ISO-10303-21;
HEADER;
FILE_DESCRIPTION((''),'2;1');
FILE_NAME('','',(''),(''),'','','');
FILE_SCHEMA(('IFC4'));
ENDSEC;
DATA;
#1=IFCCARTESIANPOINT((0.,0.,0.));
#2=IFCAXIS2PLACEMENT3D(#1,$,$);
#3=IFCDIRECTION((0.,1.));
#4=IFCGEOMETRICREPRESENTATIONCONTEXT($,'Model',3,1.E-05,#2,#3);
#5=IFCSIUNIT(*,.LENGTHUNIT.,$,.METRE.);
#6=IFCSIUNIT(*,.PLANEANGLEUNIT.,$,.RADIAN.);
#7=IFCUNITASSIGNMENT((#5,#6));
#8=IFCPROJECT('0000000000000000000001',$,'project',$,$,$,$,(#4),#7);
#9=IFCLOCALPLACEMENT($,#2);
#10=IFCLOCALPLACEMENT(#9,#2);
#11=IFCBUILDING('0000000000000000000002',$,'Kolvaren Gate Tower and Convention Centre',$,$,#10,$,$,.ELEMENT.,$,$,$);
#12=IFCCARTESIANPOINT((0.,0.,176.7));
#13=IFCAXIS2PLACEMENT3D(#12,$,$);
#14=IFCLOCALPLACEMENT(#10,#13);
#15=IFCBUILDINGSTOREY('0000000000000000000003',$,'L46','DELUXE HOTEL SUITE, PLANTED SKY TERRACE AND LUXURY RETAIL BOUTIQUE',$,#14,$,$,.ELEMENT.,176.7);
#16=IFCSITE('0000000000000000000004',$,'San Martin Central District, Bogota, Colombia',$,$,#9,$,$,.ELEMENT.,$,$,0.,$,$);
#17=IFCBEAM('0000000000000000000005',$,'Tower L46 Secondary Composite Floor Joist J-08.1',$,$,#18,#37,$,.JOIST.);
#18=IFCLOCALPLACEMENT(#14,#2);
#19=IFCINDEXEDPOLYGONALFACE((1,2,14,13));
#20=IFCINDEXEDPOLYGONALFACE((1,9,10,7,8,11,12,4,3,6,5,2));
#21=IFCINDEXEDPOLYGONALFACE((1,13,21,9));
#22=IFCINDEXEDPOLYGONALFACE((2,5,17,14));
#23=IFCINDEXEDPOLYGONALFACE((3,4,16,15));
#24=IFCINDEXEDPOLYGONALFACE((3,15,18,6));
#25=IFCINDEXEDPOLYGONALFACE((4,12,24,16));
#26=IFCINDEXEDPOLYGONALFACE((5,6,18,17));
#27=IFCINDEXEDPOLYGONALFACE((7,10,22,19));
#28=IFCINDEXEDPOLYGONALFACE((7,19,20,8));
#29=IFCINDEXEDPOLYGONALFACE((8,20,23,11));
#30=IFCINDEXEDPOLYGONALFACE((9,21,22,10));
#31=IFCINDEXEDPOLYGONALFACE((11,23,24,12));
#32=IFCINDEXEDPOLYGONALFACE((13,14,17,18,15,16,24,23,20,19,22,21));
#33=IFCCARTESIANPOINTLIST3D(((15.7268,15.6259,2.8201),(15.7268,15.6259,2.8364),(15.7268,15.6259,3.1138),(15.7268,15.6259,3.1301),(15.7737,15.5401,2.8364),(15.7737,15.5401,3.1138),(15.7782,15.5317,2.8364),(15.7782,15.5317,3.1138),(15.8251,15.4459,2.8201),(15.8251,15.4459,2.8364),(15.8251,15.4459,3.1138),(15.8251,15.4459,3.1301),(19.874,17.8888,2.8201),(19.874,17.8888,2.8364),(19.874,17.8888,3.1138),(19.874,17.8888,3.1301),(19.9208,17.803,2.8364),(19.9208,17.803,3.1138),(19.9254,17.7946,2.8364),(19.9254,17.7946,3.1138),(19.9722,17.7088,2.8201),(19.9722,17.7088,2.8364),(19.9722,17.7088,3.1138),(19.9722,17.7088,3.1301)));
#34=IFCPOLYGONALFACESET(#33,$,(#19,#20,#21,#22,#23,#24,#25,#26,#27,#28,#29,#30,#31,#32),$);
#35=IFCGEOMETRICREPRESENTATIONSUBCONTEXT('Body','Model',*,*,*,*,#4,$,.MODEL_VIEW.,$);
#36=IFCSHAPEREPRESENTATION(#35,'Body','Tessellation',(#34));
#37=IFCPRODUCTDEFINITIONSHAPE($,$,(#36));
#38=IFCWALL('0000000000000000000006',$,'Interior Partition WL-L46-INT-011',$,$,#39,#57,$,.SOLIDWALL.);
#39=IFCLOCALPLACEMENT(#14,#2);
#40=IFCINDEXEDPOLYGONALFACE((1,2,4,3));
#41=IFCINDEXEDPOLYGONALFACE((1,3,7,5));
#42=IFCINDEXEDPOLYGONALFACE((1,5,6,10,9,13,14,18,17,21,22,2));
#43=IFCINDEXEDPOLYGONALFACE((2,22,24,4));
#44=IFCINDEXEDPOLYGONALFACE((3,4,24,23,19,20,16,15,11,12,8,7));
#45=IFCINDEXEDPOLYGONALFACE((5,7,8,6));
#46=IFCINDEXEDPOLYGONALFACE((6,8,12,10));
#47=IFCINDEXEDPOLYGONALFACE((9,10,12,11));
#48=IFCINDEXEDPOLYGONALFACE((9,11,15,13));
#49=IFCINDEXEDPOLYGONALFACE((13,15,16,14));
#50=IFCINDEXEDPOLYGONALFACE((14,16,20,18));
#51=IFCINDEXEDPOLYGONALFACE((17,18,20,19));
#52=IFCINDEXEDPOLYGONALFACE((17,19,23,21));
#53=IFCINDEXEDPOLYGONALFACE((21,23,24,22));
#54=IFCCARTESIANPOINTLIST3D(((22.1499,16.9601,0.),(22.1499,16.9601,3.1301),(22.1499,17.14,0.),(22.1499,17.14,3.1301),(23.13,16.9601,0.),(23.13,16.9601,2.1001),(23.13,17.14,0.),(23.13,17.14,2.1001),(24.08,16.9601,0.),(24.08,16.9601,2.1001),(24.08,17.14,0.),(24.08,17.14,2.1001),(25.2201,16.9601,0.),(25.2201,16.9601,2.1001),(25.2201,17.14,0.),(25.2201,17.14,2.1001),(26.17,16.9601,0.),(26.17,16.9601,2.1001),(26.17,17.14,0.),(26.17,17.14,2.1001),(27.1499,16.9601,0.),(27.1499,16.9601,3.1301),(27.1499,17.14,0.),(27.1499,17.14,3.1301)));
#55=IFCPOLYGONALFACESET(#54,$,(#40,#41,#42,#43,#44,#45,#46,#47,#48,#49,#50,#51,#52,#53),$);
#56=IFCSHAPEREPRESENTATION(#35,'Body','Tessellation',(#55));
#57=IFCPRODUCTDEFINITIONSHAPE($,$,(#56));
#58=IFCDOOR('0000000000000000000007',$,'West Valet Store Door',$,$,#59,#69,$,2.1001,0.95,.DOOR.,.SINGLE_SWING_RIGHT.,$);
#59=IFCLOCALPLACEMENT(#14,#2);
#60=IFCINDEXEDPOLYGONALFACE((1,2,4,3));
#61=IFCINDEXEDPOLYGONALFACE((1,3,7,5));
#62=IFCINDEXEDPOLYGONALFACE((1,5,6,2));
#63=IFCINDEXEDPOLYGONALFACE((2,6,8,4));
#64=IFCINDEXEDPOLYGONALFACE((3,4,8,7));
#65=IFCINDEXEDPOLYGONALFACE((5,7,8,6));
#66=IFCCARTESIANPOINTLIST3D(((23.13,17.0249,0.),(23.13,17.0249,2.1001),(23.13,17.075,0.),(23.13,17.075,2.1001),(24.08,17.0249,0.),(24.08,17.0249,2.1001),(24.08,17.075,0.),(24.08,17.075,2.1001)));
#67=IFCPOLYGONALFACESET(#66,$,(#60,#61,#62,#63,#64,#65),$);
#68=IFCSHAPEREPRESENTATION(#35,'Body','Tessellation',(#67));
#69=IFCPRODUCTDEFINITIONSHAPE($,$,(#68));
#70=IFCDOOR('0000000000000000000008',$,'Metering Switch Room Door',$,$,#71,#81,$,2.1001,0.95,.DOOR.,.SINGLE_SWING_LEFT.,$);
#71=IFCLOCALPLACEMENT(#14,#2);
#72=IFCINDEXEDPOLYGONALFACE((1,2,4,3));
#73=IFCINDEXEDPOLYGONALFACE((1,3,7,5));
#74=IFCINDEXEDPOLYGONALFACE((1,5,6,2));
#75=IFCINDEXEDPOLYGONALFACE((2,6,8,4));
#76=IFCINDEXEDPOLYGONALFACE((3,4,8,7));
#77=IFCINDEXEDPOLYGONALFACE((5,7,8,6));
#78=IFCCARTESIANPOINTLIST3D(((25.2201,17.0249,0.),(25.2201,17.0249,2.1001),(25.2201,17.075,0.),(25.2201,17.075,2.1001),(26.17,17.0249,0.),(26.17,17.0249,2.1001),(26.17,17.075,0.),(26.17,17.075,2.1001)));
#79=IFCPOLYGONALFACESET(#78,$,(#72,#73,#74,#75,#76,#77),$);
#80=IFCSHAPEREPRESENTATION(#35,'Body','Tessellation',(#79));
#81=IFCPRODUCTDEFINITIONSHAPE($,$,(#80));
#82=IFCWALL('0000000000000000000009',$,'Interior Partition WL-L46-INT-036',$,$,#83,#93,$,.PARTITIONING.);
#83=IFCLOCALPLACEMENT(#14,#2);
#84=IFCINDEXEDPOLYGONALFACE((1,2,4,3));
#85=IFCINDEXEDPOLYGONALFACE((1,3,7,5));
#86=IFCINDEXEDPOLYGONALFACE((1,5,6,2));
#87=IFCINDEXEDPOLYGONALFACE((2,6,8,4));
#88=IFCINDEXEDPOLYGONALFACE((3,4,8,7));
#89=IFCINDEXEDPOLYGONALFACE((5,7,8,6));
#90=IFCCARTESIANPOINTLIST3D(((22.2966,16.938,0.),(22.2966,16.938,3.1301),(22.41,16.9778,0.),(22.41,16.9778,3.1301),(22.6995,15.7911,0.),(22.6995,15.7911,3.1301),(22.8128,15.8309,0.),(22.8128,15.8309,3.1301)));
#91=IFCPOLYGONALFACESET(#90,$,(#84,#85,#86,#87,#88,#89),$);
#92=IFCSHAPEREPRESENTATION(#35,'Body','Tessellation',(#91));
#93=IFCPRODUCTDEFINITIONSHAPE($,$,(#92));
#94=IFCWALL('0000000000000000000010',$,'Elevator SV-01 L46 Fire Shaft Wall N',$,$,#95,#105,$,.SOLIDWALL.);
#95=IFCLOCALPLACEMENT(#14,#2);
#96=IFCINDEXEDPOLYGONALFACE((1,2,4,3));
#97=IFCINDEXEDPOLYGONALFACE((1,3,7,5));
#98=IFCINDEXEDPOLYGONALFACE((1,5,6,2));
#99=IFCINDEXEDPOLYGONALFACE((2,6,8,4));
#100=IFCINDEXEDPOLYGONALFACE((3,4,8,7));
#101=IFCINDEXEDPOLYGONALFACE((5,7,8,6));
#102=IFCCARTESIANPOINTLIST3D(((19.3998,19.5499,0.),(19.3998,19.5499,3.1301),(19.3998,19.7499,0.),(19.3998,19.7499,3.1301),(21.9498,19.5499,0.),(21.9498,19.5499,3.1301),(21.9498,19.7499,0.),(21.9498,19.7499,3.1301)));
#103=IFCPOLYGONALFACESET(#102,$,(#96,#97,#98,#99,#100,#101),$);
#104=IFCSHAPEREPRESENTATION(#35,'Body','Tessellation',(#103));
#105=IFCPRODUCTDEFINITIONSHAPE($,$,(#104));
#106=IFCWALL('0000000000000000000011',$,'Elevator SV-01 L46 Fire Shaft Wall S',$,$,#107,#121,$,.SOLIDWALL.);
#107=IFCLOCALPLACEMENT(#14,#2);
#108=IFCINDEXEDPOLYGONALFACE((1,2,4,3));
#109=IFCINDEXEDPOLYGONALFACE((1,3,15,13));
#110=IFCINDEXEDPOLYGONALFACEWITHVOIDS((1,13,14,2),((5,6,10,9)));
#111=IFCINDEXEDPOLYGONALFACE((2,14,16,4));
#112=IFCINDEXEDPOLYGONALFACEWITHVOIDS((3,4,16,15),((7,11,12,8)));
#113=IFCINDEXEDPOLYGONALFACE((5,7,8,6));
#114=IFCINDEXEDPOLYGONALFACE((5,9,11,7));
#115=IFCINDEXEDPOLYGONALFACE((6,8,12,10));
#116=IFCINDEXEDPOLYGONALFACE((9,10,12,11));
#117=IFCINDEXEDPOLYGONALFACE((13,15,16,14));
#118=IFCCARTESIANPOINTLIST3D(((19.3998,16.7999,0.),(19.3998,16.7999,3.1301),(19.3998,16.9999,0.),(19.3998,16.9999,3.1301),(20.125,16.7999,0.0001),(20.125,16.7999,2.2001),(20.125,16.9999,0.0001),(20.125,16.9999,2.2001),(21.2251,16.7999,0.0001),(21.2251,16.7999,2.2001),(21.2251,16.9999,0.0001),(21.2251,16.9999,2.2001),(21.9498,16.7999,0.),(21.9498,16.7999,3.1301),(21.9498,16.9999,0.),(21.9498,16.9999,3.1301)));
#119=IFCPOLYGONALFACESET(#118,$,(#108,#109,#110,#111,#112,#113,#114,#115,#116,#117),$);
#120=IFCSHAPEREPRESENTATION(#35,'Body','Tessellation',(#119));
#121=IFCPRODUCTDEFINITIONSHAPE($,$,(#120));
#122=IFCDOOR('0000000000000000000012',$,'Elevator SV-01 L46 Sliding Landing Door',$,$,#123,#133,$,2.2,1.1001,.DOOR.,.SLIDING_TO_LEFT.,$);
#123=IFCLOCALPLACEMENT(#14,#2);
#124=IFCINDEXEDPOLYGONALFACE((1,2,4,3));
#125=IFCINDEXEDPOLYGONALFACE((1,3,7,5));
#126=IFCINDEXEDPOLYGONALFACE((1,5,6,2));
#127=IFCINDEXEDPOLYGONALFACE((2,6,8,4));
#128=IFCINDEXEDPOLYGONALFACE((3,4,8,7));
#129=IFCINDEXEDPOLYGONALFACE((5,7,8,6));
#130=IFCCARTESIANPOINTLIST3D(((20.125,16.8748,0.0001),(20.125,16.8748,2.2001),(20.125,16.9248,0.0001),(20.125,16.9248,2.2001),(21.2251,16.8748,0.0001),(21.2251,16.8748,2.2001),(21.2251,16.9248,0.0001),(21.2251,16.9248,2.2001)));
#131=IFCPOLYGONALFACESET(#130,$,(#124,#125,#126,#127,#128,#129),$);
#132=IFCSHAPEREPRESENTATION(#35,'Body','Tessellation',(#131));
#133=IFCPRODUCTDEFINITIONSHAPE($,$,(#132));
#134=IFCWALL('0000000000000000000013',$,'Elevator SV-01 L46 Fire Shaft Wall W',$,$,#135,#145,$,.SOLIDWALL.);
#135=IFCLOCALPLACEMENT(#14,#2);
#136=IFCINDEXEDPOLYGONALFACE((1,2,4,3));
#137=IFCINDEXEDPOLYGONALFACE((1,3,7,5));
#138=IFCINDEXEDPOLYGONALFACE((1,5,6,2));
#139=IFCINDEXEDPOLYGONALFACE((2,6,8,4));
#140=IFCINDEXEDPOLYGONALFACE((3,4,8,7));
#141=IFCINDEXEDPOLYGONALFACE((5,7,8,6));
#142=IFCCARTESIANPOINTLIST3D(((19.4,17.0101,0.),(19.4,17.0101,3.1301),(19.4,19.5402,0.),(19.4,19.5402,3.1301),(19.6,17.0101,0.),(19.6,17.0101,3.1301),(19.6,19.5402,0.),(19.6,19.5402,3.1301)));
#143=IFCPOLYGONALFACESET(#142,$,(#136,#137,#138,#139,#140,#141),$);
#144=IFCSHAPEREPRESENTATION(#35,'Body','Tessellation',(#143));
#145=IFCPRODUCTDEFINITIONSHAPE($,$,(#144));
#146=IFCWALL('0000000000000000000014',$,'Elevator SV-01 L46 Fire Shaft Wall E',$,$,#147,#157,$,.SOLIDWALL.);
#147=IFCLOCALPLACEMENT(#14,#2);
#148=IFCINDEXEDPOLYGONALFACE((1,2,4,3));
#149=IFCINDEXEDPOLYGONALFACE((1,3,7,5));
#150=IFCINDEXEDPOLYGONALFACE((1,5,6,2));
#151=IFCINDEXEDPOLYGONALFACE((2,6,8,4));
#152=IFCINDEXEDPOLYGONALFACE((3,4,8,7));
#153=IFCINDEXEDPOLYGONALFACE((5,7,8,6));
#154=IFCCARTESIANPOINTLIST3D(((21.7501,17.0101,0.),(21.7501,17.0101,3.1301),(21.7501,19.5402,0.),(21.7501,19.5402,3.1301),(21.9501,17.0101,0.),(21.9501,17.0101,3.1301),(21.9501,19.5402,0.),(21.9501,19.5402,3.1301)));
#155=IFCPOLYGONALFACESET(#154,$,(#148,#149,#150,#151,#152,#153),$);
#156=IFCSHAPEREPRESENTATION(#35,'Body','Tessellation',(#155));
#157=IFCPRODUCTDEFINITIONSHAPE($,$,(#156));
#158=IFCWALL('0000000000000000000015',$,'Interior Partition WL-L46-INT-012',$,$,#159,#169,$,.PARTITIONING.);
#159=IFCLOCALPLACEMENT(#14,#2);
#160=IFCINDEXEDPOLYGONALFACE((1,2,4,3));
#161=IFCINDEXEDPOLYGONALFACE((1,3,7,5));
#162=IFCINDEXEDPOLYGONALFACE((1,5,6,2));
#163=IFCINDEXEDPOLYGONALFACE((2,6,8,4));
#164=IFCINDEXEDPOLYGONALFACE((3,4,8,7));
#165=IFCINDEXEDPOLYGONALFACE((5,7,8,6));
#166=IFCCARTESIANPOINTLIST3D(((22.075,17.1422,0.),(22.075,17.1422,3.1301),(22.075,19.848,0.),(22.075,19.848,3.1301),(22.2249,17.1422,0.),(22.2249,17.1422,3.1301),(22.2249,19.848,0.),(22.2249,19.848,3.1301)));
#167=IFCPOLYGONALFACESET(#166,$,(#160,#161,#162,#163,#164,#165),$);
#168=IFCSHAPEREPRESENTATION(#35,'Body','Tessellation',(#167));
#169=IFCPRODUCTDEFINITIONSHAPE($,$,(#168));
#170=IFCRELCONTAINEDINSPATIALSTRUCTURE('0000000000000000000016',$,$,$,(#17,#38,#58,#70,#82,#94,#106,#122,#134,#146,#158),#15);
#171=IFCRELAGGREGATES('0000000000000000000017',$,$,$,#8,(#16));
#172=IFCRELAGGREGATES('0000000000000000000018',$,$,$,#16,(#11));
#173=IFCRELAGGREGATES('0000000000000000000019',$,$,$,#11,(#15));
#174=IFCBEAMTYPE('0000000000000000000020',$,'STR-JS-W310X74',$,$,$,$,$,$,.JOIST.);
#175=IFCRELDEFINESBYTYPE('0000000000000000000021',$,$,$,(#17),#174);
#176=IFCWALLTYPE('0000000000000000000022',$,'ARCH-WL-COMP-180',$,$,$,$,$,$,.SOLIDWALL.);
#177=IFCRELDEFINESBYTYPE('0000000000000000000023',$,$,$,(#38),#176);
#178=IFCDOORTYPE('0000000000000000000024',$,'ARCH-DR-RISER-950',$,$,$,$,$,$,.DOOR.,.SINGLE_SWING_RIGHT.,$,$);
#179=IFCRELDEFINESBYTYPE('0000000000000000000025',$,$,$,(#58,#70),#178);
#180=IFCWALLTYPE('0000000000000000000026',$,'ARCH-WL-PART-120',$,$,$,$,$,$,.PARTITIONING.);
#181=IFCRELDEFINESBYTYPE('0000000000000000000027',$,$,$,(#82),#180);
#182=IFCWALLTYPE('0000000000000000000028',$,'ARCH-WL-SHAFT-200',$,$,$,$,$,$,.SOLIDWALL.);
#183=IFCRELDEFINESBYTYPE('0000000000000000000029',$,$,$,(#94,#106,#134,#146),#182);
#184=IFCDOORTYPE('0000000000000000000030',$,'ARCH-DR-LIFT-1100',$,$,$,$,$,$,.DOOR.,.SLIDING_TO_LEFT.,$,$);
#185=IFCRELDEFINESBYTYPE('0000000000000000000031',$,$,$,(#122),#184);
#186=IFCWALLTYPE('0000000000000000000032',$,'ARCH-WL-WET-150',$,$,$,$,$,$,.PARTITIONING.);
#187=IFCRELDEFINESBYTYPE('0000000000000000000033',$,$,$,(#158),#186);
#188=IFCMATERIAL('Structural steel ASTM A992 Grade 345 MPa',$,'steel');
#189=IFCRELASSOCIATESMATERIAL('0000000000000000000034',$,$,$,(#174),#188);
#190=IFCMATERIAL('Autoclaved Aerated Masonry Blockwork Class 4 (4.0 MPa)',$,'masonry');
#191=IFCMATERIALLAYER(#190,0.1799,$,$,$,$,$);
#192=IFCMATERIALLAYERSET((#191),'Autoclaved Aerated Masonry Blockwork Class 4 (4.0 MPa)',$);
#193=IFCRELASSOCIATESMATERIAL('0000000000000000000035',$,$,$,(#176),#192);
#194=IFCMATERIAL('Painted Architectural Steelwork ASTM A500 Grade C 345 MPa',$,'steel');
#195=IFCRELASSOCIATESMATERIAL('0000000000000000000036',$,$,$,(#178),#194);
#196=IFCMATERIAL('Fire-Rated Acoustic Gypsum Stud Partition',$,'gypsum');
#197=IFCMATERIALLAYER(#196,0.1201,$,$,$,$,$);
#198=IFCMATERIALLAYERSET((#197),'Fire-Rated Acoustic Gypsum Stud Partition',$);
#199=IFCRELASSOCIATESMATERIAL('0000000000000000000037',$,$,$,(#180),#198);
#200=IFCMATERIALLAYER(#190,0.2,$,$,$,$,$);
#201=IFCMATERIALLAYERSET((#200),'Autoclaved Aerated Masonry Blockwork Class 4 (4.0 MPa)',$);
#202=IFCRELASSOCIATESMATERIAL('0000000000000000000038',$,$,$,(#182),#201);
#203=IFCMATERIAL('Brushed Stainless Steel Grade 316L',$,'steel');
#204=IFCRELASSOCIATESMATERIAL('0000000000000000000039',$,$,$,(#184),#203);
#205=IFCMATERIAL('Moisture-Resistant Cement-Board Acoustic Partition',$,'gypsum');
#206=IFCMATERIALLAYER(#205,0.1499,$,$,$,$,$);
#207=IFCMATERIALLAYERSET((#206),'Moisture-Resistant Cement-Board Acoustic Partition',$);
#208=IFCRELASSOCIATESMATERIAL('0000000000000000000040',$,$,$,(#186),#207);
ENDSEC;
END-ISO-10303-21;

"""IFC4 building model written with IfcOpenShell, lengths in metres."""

from ifc_helpers import new_model, si_unit, direction, frame, frame_2d, origin, origin_2d, place, context, subcontext, project, spatial, rectangle, i_section, extrude, material, layer, layer_set, material_profile, profile_set, type_object, element, fill, save


model = new_model("IFC4")

# Units and contexts
model_context = context("Model", 3, precision=1e-05, world=origin(), true_north=direction((0.0, 1.0)))
body_context = subcontext(model_context, "Body", "Model", "MODEL_VIEW")
ifc_project = project(units=[si_unit("LENGTHUNIT", "METRE"), si_unit("PLANEANGLEUNIT", "RADIAN")], contexts=[model_context])

# Site, building, storey
site_placement = place(None, origin())
site = spatial("IfcSite", under=ifc_project, at=site_placement, Name="San Martin Central District, Bogota, Colombia", CompositionType="ELEMENT", RefElevation=0.0)
building_placement = place(site_placement, origin())
building = spatial("IfcBuilding", under=site, at=building_placement, Name="Kolvaren Gate Tower and Convention Centre", CompositionType="ELEMENT")
storey_placement = place(building_placement, frame((0.0, 0.0, 176.7)))
storey = spatial("IfcBuildingStorey", under=building, at=storey_placement, Name="L46", Description="DELUXE HOTEL SUITE, PLANTED SKY TERRACE AND LUXURY RETAIL BOUTIQUE", CompositionType="ELEMENT", Elevation=176.7)

# Beam
ifc_material_1 = material(Name="Structural steel ASTM A992 Grade 345 MPa", Category="steel")
ifc_material_profile = material_profile(ifc_material_1, i_section(OverallWidth=0.2051, OverallDepth=0.3101, WebThickness=0.0095, FlangeThickness=0.0164, at=origin_2d()), Name="W310X74")
ifc_profile_set = profile_set([ifc_material_profile], Name="Structural steel ASTM A992 Grade 345 MPa")
beam_type = type_object("IfcBeamType", Name="STR-JS-W310X74", PredefinedType="JOIST", material=ifc_profile_set)
beam_placement = place(storey_placement, frame((19.9231, 17.7988, 2.9751), z_axis=(-0.877822, -0.478986, 0.0), x_axis=(0.478986, -0.877822, 0.0)))
element("IfcBeam", 1, at=beam_placement, inside=storey, type_object=beam_type, Name="Tower L46 Secondary Composite Floor Joist J-08.1", PredefinedType="JOIST", context=body_context, shape_type="SweptSolid", body=[
    extrude(i_section(OverallWidth=0.2051, OverallDepth=0.3101, WebThickness=0.0095, FlangeThickness=0.0164, at=origin_2d()), origin(), (0.0, 0.0, 1.0), 4.7244),
])

# Wall, openings, doors
ifc_material_2 = material(Name="Autoclaved Aerated Masonry Blockwork Class 4 (4.0 MPa)", Category="masonry")
ifc_layer_1 = layer(ifc_material_2, 0.1799)
ifc_layer_set_1 = layer_set([ifc_layer_1], Name="Autoclaved Aerated Masonry Blockwork Class 4 (4.0 MPa)")
wall_type_1 = type_object("IfcWallType", Name="ARCH-WL-COMP-180", PredefinedType="SOLIDWALL", material=ifc_layer_set_1)
wall_1_placement = place(storey_placement, frame((22.1499, 17.05, 0.0), z_axis=(0.0, 0.0, 1.0), x_axis=(1.0, 0.0, 0.0)))
wall_1 = element("IfcWall", 2, at=wall_1_placement, inside=storey, type_object=wall_type_1, Name="Interior Partition WL-L46-INT-011", PredefinedType="SOLIDWALL", context=body_context, shape_type="SweptSolid", body=[
    extrude(rectangle(XDim=5.0, YDim=0.1799, at=frame_2d((2.5, 0.0))), origin(), (0.0, 0.0, 1.0), 3.1301),
])
opening_1_placement = place(wall_1_placement, frame((0.98, 0.0, 0.0)))
opening_1 = element("IfcOpeningElement", 3, at=opening_1_placement, cuts=wall_1, PredefinedType="OPENING", context=body_context, shape_type="SweptSolid", body=[
    extrude(rectangle(XDim=0.95, YDim=2.1001, at=frame_2d((0.4751, 1.05))), frame((0.0, 0.0999, 0.0), z_axis=(0.0, -1.0, 0.0), x_axis=(1.0, 0.0, 0.0)), (0.0, 0.0, 1.0), 0.2),
])
opening_2_placement = place(wall_1_placement, frame((3.0701, 0.0, 0.0)))
opening_2 = element("IfcOpeningElement", 4, at=opening_2_placement, cuts=wall_1, PredefinedType="OPENING", context=body_context, shape_type="SweptSolid", body=[
    extrude(rectangle(XDim=0.95, YDim=2.1001, at=frame_2d((0.4751, 1.05))), frame((0.0, 0.0999, 0.0), z_axis=(0.0, -1.0, 0.0), x_axis=(1.0, 0.0, 0.0)), (0.0, 0.0, 1.0), 0.2),
])
ifc_material_3 = material(Name="Painted Architectural Steelwork ASTM A500 Grade C 345 MPa", Category="steel")
door_type_1 = type_object("IfcDoorType", Name="ARCH-DR-RISER-950", OperationType="SINGLE_SWING_RIGHT", PredefinedType="DOOR", material=ifc_material_3)
door_1_placement = place(opening_1_placement, origin())
door_1 = element("IfcDoor", 5, at=door_1_placement, inside=storey, type_object=door_type_1, Name="West Valet Store Door", OperationType="SINGLE_SWING_RIGHT", OverallHeight=2.1001, OverallWidth=0.95, PredefinedType="DOOR", context=body_context, shape_type="SweptSolid", body=[
    extrude(rectangle(XDim=0.95, YDim=2.1001, at=frame_2d((0.4751, 1.05))), frame((0.0, 0.0249, 0.0), z_axis=(0.0, -1.0, 0.0), x_axis=(1.0, 0.0, 0.0)), (0.0, 0.0, 1.0), 0.05),
])
fill(opening_1, door_1)
door_2_placement = place(opening_2_placement, origin())
door_2 = element("IfcDoor", 6, at=door_2_placement, inside=storey, type_object=door_type_1, Name="Metering Switch Room Door", OperationType="SINGLE_SWING_LEFT", OverallHeight=2.1001, OverallWidth=0.95, PredefinedType="DOOR", context=body_context, shape_type="SweptSolid", body=[
    extrude(rectangle(XDim=0.95, YDim=2.1001, at=frame_2d((0.4751, 1.05))), frame((0.0, 0.0249, 0.0), z_axis=(0.0, -1.0, 0.0), x_axis=(1.0, 0.0, 0.0)), (0.0, 0.0, 1.0), 0.05),
])
fill(opening_2, door_2)

# Walls
ifc_material_4 = material(Name="Fire-Rated Acoustic Gypsum Stud Partition", Category="gypsum")
ifc_layer_2 = layer(ifc_material_4, 0.1201)
ifc_layer_set_2 = layer_set([ifc_layer_2], Name="Fire-Rated Acoustic Gypsum Stud Partition")
wall_type_2 = type_object("IfcWallType", Name="ARCH-WL-PART-120", PredefinedType="PARTITIONING", material=ifc_layer_set_2)
wall_2_placement = place(storey_placement, frame((22.3533, 16.958, 0.0), z_axis=(0.0, 0.0, 1.0), x_axis=(0.33137, -0.943501, 0.0)))
element("IfcWall", 7, at=wall_2_placement, inside=storey, type_object=wall_type_2, Name="Interior Partition WL-L46-INT-036", PredefinedType="PARTITIONING", context=body_context, shape_type="SweptSolid", body=[
    extrude(rectangle(XDim=1.2156, YDim=0.1201, at=frame_2d((0.6079, 0.0))), origin(), (0.0, 0.0, 1.0), 3.1301),
])
ifc_layer_3 = layer(ifc_material_2, 0.2)
ifc_layer_set_3 = layer_set([ifc_layer_3], Name="Autoclaved Aerated Masonry Blockwork Class 4 (4.0 MPa)")
wall_type_3 = type_object("IfcWallType", Name="ARCH-WL-SHAFT-200", PredefinedType="SOLIDWALL", material=ifc_layer_set_3)
wall_3_placement = place(storey_placement, frame((19.3999, 19.6499, 0.0), z_axis=(0.0, 0.0, 1.0), x_axis=(1.0, 0.0, 0.0)))
element("IfcWall", 8, at=wall_3_placement, inside=storey, type_object=wall_type_3, Name="Elevator SV-01 L46 Fire Shaft Wall N", PredefinedType="SOLIDWALL", context=body_context, shape_type="SweptSolid", body=[
    extrude(rectangle(XDim=2.55, YDim=0.2, at=frame_2d((1.2749, 0.0))), origin(), (0.0, 0.0, 1.0), 3.1301),
])

# Wall, opening, door
wall_4_placement = place(storey_placement, frame((19.3999, 16.8999, 0.0), z_axis=(0.0, 0.0, 1.0), x_axis=(1.0, 0.0, 0.0)))
wall_4 = element("IfcWall", 9, at=wall_4_placement, inside=storey, type_object=wall_type_3, Name="Elevator SV-01 L46 Fire Shaft Wall S", PredefinedType="SOLIDWALL", context=body_context, shape_type="SweptSolid", body=[
    extrude(rectangle(XDim=2.55, YDim=0.2, at=frame_2d((1.2749, 0.0))), origin(), (0.0, 0.0, 1.0), 3.1301),
])
opening_3_placement = place(wall_4_placement, frame((0.7251, 0.0, 0.0)))
opening_3 = element("IfcOpeningElement", 10, at=opening_3_placement, cuts=wall_4, PredefinedType="OPENING", context=body_context, shape_type="SweptSolid", body=[
    extrude(rectangle(XDim=1.1001, YDim=2.2, at=frame_2d((0.55, 1.1001))), frame((0.0, 0.1099, 0.0), z_axis=(0.0, -1.0, 0.0), x_axis=(1.0, 0.0, 0.0)), (0.0, 0.0, 1.0), 0.22),
])
ifc_material_5 = material(Name="Brushed Stainless Steel Grade 316L", Category="steel")
door_type_2 = type_object("IfcDoorType", Name="ARCH-DR-LIFT-1100", OperationType="SLIDING_TO_LEFT", PredefinedType="DOOR", material=ifc_material_5)
door_3_placement = place(opening_3_placement, origin())
door_3 = element("IfcDoor", 11, at=door_3_placement, inside=storey, type_object=door_type_2, Name="Elevator SV-01 L46 Sliding Landing Door", OperationType="SLIDING_TO_LEFT", OverallHeight=2.2, OverallWidth=1.1001, PredefinedType="DOOR", context=body_context, shape_type="SweptSolid", body=[
    extrude(rectangle(XDim=1.1001, YDim=2.2, at=frame_2d((0.55, 1.1001))), frame((0.0, 0.0249, 0.0), z_axis=(0.0, -1.0, 0.0), x_axis=(1.0, 0.0, 0.0)), (0.0, 0.0, 1.0), 0.05),
])
fill(opening_3, door_3)

# Walls
for number, where, z_axis, x_axis, name in (
    (12, (19.5, 17.01, 0.0), (0.0, 0.0, 1.0), (0.0, 1.0, 0.0), "Elevator SV-01 L46 Fire Shaft Wall W"),
    (13, (21.8501, 17.01, 0.0), (0.0, 0.0, 1.0), (0.0, 1.0, 0.0), "Elevator SV-01 L46 Fire Shaft Wall E"),
):
    element("IfcWall", number, at=place(storey_placement, frame(where, z_axis=z_axis, x_axis=x_axis)), inside=storey, type_object=wall_type_3, Name=name, PredefinedType="SOLIDWALL", context=body_context, shape_type="SweptSolid", body=[
        extrude(rectangle(XDim=2.53, YDim=0.2, at=frame_2d((1.2651, 0.0))), origin(), (0.0, 0.0, 1.0), 3.1301),
    ])
ifc_material_6 = material(Name="Moisture-Resistant Cement-Board Acoustic Partition", Category="gypsum")
ifc_layer_4 = layer(ifc_material_6, 0.1499)
ifc_layer_set_4 = layer_set([ifc_layer_4], Name="Moisture-Resistant Cement-Board Acoustic Partition")
wall_type_4 = type_object("IfcWallType", Name="ARCH-WL-WET-150", PredefinedType="PARTITIONING", material=ifc_layer_set_4)
wall_5_placement = place(storey_placement, frame((22.1499, 17.1421, 0.0), z_axis=(0.0, 0.0, 1.0), x_axis=(0.0, 1.0, 0.0)))
element("IfcWall", 14, at=wall_5_placement, inside=storey, type_object=wall_type_4, Name="Interior Partition WL-L46-INT-012", PredefinedType="PARTITIONING", context=body_context, shape_type="SweptSolid", body=[
    extrude(rectangle(XDim=2.7058, YDim=0.1499, at=frame_2d((1.353, 0.0))), origin(), (0.0, 0.0, 1.0), 3.1301),
])

save(model, "model.ifc")
